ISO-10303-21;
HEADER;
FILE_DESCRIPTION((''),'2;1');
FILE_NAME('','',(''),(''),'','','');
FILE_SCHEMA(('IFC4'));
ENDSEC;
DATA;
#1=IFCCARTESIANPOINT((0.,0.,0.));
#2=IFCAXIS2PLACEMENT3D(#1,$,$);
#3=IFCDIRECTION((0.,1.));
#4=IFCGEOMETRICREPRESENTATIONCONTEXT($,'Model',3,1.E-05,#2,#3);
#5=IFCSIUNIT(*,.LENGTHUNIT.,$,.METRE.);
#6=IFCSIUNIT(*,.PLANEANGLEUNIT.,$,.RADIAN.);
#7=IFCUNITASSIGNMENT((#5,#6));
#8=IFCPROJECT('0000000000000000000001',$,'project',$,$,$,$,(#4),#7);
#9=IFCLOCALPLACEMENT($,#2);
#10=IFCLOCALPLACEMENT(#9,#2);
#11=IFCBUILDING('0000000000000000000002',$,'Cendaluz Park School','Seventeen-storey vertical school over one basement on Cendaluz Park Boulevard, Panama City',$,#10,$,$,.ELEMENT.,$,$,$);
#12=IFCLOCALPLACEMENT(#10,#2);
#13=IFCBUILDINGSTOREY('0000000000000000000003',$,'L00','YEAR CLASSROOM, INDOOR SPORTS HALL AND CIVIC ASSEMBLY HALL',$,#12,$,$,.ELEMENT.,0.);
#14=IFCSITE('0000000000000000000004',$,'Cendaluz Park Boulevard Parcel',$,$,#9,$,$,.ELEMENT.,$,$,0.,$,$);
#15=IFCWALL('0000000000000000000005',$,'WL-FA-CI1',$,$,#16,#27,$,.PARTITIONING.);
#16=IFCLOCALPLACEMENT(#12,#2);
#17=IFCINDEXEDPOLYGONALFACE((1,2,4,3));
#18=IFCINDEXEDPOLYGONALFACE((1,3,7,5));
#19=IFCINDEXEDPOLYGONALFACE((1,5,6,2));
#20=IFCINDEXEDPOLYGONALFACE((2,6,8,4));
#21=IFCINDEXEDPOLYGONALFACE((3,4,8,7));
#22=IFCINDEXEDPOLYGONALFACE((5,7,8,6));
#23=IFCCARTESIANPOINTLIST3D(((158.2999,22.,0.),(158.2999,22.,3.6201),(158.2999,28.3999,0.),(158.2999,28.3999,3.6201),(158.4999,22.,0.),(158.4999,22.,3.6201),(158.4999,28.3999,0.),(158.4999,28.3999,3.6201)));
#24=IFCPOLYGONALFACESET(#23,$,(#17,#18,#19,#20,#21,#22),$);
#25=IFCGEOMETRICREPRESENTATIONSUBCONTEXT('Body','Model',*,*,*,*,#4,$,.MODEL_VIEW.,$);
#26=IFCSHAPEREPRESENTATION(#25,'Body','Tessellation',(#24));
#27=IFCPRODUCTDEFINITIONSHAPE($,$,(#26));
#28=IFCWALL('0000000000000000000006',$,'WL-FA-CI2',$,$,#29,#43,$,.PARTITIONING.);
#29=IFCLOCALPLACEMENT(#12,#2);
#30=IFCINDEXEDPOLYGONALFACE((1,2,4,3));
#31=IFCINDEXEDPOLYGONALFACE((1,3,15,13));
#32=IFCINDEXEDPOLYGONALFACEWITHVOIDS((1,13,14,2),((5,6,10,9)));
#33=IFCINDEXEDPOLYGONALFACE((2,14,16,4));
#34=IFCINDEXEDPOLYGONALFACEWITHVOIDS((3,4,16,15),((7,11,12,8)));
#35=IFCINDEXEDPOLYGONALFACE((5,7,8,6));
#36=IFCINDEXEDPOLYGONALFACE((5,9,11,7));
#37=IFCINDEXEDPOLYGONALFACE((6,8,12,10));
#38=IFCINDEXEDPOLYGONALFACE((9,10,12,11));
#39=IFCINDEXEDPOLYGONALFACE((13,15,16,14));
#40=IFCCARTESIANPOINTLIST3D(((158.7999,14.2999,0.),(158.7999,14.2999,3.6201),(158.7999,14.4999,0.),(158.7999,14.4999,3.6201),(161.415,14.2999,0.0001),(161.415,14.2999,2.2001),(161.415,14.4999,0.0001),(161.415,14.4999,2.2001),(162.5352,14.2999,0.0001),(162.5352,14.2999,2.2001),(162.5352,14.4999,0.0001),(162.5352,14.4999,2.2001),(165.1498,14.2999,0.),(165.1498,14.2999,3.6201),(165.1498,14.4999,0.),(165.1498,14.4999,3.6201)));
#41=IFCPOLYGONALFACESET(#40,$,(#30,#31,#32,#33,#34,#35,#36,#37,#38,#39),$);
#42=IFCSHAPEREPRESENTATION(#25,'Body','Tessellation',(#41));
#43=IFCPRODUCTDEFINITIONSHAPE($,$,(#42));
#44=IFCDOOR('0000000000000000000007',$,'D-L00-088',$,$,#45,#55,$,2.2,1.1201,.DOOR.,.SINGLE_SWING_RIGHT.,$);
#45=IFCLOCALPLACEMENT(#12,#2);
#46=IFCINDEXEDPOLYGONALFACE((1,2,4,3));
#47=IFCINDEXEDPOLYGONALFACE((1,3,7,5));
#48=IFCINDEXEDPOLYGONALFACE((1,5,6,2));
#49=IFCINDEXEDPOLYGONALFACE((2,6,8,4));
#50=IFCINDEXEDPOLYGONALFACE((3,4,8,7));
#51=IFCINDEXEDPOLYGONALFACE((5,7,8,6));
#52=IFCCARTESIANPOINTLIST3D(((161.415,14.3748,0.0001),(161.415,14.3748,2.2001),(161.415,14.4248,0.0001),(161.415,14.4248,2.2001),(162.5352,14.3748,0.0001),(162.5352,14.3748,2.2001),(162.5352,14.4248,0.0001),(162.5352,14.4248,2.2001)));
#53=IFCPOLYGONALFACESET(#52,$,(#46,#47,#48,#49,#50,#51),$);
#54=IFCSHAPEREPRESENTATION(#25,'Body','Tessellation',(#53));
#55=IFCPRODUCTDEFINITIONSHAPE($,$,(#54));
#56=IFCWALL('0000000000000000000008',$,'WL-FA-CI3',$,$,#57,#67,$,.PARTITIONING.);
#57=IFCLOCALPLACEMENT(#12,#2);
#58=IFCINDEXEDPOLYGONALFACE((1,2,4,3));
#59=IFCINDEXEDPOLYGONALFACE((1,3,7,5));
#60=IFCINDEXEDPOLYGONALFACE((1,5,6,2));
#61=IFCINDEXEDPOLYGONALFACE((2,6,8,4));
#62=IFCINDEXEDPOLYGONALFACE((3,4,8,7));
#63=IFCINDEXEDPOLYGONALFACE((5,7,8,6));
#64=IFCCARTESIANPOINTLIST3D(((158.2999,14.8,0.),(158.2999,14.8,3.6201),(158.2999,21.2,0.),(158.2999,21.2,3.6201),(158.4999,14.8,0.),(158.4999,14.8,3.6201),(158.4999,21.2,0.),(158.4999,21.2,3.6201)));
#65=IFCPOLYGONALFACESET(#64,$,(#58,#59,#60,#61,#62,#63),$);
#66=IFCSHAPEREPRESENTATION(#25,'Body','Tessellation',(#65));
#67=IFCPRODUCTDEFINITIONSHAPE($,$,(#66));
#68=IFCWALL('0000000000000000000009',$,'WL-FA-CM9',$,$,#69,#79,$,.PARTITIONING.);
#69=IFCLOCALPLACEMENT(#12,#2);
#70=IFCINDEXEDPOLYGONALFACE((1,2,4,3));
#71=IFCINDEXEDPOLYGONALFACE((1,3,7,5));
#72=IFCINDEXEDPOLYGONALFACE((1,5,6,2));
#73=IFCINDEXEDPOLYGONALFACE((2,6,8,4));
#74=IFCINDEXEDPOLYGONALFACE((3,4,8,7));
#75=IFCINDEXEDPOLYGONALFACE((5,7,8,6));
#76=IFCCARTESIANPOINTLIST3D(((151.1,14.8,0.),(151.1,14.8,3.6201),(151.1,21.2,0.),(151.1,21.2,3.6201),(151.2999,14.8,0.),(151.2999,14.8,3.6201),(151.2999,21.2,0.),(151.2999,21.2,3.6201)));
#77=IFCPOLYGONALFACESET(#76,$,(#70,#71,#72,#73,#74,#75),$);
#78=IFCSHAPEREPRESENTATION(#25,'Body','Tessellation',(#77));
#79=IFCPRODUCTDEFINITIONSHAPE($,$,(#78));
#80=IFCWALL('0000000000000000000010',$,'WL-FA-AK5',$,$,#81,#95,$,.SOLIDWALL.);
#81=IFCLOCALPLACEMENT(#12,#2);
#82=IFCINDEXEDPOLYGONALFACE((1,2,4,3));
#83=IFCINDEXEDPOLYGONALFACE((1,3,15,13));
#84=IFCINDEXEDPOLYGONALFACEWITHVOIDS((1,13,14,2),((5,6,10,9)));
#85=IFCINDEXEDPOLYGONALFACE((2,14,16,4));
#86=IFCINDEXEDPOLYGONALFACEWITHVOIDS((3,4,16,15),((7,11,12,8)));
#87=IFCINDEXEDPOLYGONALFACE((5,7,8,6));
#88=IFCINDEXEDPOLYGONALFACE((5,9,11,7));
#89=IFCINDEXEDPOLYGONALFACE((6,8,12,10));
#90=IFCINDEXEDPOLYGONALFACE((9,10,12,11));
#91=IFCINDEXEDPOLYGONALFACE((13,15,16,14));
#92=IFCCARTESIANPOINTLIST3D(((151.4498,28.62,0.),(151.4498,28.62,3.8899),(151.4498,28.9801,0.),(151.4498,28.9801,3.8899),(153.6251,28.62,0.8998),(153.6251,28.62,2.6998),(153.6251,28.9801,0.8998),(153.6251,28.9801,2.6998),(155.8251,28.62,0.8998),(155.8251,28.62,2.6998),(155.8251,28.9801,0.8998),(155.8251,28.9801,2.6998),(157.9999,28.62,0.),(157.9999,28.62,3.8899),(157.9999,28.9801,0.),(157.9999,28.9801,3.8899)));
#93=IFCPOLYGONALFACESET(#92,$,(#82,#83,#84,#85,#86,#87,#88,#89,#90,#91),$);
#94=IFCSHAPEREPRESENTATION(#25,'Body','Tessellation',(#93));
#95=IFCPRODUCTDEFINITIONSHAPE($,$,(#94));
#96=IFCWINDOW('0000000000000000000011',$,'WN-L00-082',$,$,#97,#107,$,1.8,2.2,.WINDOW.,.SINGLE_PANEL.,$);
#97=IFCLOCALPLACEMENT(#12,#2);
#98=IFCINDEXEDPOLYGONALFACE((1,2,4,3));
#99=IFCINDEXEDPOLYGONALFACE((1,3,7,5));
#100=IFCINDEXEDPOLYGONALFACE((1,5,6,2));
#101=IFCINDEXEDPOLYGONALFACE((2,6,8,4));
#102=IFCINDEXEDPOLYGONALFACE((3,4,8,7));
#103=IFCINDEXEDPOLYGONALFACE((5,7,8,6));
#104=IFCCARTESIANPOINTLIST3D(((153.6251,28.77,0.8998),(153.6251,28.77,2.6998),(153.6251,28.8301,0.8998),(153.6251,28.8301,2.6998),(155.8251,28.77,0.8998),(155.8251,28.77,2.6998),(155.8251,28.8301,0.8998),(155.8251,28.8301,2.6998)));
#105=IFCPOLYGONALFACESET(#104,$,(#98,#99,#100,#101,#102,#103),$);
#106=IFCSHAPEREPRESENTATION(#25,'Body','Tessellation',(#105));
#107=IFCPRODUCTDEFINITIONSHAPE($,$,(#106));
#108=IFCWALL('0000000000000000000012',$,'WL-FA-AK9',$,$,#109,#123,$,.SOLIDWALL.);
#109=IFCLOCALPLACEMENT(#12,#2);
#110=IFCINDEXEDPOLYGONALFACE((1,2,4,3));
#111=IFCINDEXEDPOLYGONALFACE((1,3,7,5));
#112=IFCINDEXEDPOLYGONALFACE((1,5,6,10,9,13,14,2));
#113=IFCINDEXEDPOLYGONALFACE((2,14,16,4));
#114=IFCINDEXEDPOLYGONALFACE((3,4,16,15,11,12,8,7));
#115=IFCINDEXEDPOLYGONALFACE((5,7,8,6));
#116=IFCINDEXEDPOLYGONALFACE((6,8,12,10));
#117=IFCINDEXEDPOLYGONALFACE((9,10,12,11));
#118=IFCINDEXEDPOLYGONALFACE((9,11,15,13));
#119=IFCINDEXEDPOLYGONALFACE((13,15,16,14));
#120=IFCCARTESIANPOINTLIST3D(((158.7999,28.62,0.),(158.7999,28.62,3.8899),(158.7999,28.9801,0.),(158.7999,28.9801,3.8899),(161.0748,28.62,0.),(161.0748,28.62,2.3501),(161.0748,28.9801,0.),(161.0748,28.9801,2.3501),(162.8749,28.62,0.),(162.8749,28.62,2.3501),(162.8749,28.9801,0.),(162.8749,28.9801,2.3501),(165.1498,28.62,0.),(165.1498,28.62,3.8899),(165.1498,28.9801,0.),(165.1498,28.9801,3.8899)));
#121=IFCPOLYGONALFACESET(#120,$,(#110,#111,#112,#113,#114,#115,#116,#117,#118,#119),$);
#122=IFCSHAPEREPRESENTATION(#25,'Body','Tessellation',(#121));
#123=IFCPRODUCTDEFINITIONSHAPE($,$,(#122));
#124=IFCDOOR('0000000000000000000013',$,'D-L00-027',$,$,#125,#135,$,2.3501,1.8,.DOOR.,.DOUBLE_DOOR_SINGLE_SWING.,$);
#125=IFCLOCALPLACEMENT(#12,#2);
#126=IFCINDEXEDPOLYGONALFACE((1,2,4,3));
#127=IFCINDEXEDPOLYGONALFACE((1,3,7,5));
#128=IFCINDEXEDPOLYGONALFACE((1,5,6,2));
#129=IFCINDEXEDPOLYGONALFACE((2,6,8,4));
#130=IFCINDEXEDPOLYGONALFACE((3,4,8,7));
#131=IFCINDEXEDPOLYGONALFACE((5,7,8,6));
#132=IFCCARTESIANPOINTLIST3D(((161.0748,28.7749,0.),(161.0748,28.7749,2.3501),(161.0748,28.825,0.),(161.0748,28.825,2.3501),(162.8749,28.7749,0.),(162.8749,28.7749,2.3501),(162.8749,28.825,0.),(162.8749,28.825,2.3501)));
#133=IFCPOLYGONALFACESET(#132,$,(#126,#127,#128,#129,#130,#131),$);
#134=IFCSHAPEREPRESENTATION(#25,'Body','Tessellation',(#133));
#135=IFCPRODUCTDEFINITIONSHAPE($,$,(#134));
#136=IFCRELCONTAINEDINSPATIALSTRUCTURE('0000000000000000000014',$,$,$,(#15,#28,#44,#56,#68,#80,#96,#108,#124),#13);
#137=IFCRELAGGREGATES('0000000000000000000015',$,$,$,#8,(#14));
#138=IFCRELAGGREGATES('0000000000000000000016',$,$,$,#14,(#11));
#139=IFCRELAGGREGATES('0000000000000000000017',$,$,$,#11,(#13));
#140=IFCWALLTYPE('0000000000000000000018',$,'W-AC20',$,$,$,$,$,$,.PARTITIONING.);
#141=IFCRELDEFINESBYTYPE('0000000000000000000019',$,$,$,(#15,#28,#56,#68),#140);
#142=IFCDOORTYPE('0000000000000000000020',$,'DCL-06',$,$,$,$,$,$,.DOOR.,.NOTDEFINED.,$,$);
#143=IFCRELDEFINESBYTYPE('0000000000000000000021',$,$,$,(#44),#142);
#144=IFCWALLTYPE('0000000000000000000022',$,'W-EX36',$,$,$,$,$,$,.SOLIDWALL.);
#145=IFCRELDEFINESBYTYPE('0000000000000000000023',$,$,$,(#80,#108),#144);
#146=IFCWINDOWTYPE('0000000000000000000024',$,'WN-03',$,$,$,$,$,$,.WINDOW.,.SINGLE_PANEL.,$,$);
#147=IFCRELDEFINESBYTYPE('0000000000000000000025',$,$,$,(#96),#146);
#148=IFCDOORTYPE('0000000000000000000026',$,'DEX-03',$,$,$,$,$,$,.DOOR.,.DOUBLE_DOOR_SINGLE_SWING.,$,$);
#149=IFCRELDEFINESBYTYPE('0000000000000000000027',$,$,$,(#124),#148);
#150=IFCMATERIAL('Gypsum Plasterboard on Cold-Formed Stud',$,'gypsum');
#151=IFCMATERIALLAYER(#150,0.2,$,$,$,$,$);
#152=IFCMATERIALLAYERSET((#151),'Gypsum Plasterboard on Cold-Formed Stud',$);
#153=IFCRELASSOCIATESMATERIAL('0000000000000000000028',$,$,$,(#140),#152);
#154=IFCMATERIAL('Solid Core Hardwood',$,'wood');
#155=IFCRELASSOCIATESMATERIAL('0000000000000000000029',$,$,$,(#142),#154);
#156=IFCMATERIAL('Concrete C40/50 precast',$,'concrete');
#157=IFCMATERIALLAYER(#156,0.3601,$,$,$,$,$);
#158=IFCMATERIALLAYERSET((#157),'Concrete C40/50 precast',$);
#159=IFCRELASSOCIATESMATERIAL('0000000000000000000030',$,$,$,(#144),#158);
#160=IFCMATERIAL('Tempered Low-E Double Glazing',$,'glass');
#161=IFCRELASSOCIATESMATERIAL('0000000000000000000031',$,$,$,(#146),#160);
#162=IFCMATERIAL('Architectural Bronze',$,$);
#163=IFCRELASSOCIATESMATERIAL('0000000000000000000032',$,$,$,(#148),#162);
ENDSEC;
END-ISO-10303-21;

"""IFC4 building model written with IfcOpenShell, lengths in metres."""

from ifc_helpers import new_model, si_unit, direction, frame, frame_2d, origin, place, context, subcontext, project, spatial, rectangle, extrude, material, layer, layer_set, type_object, element, fill, save


model = new_model("IFC4")

# Units and contexts
model_context = context("Model", 3, precision=1e-05, world=origin(), true_north=direction((0.0, 1.0)))
body_context = subcontext(model_context, "Body", "Model", "MODEL_VIEW")
ifc_project = project(units=[si_unit("LENGTHUNIT", "METRE"), si_unit("PLANEANGLEUNIT", "RADIAN")], contexts=[model_context])

# Site, building, storey
site_placement = place(None, origin())
site = spatial("IfcSite", under=ifc_project, at=site_placement, Name="Cendaluz Park Boulevard Parcel", CompositionType="ELEMENT", RefElevation=0.0)
building_placement = place(site_placement, origin())
building = spatial("IfcBuilding", under=site, at=building_placement, Name="Cendaluz Park School", Description="Seventeen-storey vertical school over one basement on Cendaluz Park Boulevard, Panama City", CompositionType="ELEMENT")
storey_placement = place(building_placement, origin())
storey = spatial("IfcBuildingStorey", under=building, at=storey_placement, Name="L00", Description="YEAR CLASSROOM, INDOOR SPORTS HALL AND CIVIC ASSEMBLY HALL", CompositionType="ELEMENT", Elevation=0.0)

# Wall
ifc_material_1 = material(Name="Gypsum Plasterboard on Cold-Formed Stud", Category="gypsum")
ifc_layer_1 = layer(ifc_material_1, 0.2)
ifc_layer_set_1 = layer_set([ifc_layer_1], Name="Gypsum Plasterboard on Cold-Formed Stud")
wall_type_1 = type_object("IfcWallType", Name="W-AC20", PredefinedType="PARTITIONING", material=ifc_layer_set_1)
for number, where, z_axis, x_axis, name in (
    (1, (158.3999, 22.0, 0.0), (0.0, 0.0, 1.0), (0.0, 1.0, 0.0), "WL-FA-CI1"),
):
    element("IfcWall", number, at=place(storey_placement, frame(where, z_axis=z_axis, x_axis=x_axis)), inside=storey, type_object=wall_type_1, Name=name, PredefinedType="PARTITIONING", context=body_context, shape_type="SweptSolid", body=[
        extrude(rectangle(XDim=6.3999, YDim=0.2, at=frame_2d((3.2, 0.0))), origin(), (0.0, 0.0, 1.0), 3.6201),
    ])

# Wall, opening, door
wall_1_placement = place(storey_placement, frame((158.8, 14.3999, 0.0), z_axis=(0.0, 0.0, 1.0), x_axis=(1.0, 0.0, 0.0)))
wall_1 = element("IfcWall", 2, at=wall_1_placement, inside=storey, type_object=wall_type_1, Name="WL-FA-CI2", PredefinedType="PARTITIONING", context=body_context, shape_type="SweptSolid", body=[
    extrude(rectangle(XDim=6.3499, YDim=0.2, at=frame_2d((3.1748, 0.0))), origin(), (0.0, 0.0, 1.0), 3.6201),
])
opening_1_placement = place(wall_1_placement, frame((2.615, 0.0, 0.0)))
opening_1 = element("IfcOpeningElement", 3, at=opening_1_placement, cuts=wall_1, PredefinedType="OPENING", context=body_context, shape_type="SweptSolid", body=[
    extrude(rectangle(XDim=1.1201, YDim=2.2, at=frame_2d((0.5601, 1.1001))), frame((0.0, 0.1121, 0.0), z_axis=(0.0, -1.0, 0.0), x_axis=(1.0, 0.0, 0.0)), (0.0, 0.0, 1.0), 0.2239),
])
ifc_material_2 = material(Name="Solid Core Hardwood", Category="wood")
door_type_1 = type_object("IfcDoorType", Name="DCL-06", OperationType="NOTDEFINED", PredefinedType="DOOR", material=ifc_material_2)
door_1_placement = place(opening_1_placement, origin())
door_1 = element("IfcDoor", 4, at=door_1_placement, inside=storey, type_object=door_type_1, Name="D-L00-088", OperationType="SINGLE_SWING_RIGHT", OverallHeight=2.2, OverallWidth=1.1201, PredefinedType="DOOR", context=body_context, shape_type="SweptSolid", body=[
    extrude(rectangle(XDim=1.1201, YDim=2.2, at=frame_2d((0.5601, 1.1001))), frame((0.0, 0.0249, 0.0), z_axis=(0.0, -1.0, 0.0), x_axis=(1.0, 0.0, 0.0)), (0.0, 0.0, 1.0), 0.05),
])
fill(opening_1, door_1)

# Walls
for number, where, z_axis, x_axis, name in (
    (5, (158.3999, 14.8, 0.0), (0.0, 0.0, 1.0), (0.0, 1.0, 0.0), "WL-FA-CI3"),
    (6, (151.2, 14.8, 0.0), (0.0, 0.0, 1.0), (0.0, 1.0, 0.0), "WL-FA-CM9"),
):
    element("IfcWall", number, at=place(storey_placement, frame(where, z_axis=z_axis, x_axis=x_axis)), inside=storey, type_object=wall_type_1, Name=name, PredefinedType="PARTITIONING", context=body_context, shape_type="SweptSolid", body=[
        extrude(rectangle(XDim=6.3999, YDim=0.2, at=frame_2d((3.2, 0.0))), origin(), (0.0, 0.0, 1.0), 3.6201),
    ])

# Wall, opening, window
ifc_material_3 = material(Name="Concrete C40/50 precast", Category="concrete")
ifc_layer_2 = layer(ifc_material_3, 0.3601)
ifc_layer_set_2 = layer_set([ifc_layer_2], Name="Concrete C40/50 precast")
wall_type_2 = type_object("IfcWallType", Name="W-EX36", PredefinedType="SOLIDWALL", material=ifc_layer_set_2)
wall_2_placement = place(storey_placement, frame((151.45, 28.8, 0.0), z_axis=(0.0, 0.0, 1.0), x_axis=(1.0, 0.0, 0.0)))
wall_2 = element("IfcWall", 7, at=wall_2_placement, inside=storey, type_object=wall_type_2, Name="WL-FA-AK5", PredefinedType="SOLIDWALL", context=body_context, shape_type="SweptSolid", body=[
    extrude(rectangle(XDim=6.55, YDim=0.3601, at=frame_2d((3.2749, 0.0))), origin(), (0.0, 0.0, 1.0), 3.8899),
])
opening_2_placement = place(wall_2_placement, frame((2.175, 0.0, 0.8999)))
opening_2 = element("IfcOpeningElement", 8, at=opening_2_placement, cuts=wall_2, PredefinedType="OPENING", context=body_context, shape_type="SweptSolid", body=[
    extrude(rectangle(XDim=2.2, YDim=1.8, at=frame_2d((1.1001, 0.8999))), frame((0.0, 0.1921, 0.0), z_axis=(0.0, -1.0, 0.0), x_axis=(1.0, 0.0, 0.0)), (0.0, 0.0, 1.0), 0.384),
])
ifc_material_4 = material(Name="Tempered Low-E Double Glazing", Category="glass")
window_type = type_object("IfcWindowType", Name="WN-03", PartitioningType="SINGLE_PANEL", PredefinedType="WINDOW", material=ifc_material_4)
window_placement = place(opening_2_placement, origin())
window = element("IfcWindow", 9, at=window_placement, inside=storey, type_object=window_type, Name="WN-L00-082", OverallHeight=1.8, OverallWidth=2.2, PartitioningType="SINGLE_PANEL", PredefinedType="WINDOW", context=body_context, shape_type="SweptSolid", body=[
    extrude(rectangle(XDim=2.2, YDim=1.8, at=frame_2d((1.1001, 0.8999))), frame((0.0, 0.03, 0.0), z_axis=(0.0, -1.0, 0.0), x_axis=(1.0, 0.0, 0.0)), (0.0, 0.0, 1.0), 0.0601),
])
fill(opening_2, window)

# Wall, opening, door
wall_3_placement = place(storey_placement, frame((158.8, 28.8, 0.0), z_axis=(0.0, 0.0, 1.0), x_axis=(1.0, 0.0, 0.0)))
wall_3 = element("IfcWall", 10, at=wall_3_placement, inside=storey, type_object=wall_type_2, Name="WL-FA-AK9", PredefinedType="SOLIDWALL", context=body_context, shape_type="SweptSolid", body=[
    extrude(rectangle(XDim=6.3499, YDim=0.3601, at=frame_2d((3.1748, 0.0))), origin(), (0.0, 0.0, 1.0), 3.8899),
])
opening_3_placement = place(wall_3_placement, frame((2.2749, 0.0, 0.0)))
opening_3 = element("IfcOpeningElement", 11, at=opening_3_placement, cuts=wall_3, PredefinedType="OPENING", context=body_context, shape_type="SweptSolid", body=[
    extrude(rectangle(XDim=1.8, YDim=2.3501, at=frame_2d((0.8999, 1.175))), frame((0.0, 0.1921, 0.0), z_axis=(0.0, -1.0, 0.0), x_axis=(1.0, 0.0, 0.0)), (0.0, 0.0, 1.0), 0.384),
])
ifc_material_5 = material(Name="Architectural Bronze")
door_type_2 = type_object("IfcDoorType", Name="DEX-03", OperationType="DOUBLE_DOOR_SINGLE_SWING", PredefinedType="DOOR", material=ifc_material_5)
door_2_placement = place(opening_3_placement, origin())
door_2 = element("IfcDoor", 12, at=door_2_placement, inside=storey, type_object=door_type_2, Name="D-L00-027", OperationType="DOUBLE_DOOR_SINGLE_SWING", OverallHeight=2.3501, OverallWidth=1.8, PredefinedType="DOOR", context=body_context, shape_type="SweptSolid", body=[
    extrude(rectangle(XDim=1.8, YDim=2.3501, at=frame_2d((0.8999, 1.175))), frame((0.0, 0.0249, 0.0), z_axis=(0.0, -1.0, 0.0), x_axis=(1.0, 0.0, 0.0)), (0.0, 0.0, 1.0), 0.05),
])
fill(opening_3, door_2)

save(model, "model.ifc")
